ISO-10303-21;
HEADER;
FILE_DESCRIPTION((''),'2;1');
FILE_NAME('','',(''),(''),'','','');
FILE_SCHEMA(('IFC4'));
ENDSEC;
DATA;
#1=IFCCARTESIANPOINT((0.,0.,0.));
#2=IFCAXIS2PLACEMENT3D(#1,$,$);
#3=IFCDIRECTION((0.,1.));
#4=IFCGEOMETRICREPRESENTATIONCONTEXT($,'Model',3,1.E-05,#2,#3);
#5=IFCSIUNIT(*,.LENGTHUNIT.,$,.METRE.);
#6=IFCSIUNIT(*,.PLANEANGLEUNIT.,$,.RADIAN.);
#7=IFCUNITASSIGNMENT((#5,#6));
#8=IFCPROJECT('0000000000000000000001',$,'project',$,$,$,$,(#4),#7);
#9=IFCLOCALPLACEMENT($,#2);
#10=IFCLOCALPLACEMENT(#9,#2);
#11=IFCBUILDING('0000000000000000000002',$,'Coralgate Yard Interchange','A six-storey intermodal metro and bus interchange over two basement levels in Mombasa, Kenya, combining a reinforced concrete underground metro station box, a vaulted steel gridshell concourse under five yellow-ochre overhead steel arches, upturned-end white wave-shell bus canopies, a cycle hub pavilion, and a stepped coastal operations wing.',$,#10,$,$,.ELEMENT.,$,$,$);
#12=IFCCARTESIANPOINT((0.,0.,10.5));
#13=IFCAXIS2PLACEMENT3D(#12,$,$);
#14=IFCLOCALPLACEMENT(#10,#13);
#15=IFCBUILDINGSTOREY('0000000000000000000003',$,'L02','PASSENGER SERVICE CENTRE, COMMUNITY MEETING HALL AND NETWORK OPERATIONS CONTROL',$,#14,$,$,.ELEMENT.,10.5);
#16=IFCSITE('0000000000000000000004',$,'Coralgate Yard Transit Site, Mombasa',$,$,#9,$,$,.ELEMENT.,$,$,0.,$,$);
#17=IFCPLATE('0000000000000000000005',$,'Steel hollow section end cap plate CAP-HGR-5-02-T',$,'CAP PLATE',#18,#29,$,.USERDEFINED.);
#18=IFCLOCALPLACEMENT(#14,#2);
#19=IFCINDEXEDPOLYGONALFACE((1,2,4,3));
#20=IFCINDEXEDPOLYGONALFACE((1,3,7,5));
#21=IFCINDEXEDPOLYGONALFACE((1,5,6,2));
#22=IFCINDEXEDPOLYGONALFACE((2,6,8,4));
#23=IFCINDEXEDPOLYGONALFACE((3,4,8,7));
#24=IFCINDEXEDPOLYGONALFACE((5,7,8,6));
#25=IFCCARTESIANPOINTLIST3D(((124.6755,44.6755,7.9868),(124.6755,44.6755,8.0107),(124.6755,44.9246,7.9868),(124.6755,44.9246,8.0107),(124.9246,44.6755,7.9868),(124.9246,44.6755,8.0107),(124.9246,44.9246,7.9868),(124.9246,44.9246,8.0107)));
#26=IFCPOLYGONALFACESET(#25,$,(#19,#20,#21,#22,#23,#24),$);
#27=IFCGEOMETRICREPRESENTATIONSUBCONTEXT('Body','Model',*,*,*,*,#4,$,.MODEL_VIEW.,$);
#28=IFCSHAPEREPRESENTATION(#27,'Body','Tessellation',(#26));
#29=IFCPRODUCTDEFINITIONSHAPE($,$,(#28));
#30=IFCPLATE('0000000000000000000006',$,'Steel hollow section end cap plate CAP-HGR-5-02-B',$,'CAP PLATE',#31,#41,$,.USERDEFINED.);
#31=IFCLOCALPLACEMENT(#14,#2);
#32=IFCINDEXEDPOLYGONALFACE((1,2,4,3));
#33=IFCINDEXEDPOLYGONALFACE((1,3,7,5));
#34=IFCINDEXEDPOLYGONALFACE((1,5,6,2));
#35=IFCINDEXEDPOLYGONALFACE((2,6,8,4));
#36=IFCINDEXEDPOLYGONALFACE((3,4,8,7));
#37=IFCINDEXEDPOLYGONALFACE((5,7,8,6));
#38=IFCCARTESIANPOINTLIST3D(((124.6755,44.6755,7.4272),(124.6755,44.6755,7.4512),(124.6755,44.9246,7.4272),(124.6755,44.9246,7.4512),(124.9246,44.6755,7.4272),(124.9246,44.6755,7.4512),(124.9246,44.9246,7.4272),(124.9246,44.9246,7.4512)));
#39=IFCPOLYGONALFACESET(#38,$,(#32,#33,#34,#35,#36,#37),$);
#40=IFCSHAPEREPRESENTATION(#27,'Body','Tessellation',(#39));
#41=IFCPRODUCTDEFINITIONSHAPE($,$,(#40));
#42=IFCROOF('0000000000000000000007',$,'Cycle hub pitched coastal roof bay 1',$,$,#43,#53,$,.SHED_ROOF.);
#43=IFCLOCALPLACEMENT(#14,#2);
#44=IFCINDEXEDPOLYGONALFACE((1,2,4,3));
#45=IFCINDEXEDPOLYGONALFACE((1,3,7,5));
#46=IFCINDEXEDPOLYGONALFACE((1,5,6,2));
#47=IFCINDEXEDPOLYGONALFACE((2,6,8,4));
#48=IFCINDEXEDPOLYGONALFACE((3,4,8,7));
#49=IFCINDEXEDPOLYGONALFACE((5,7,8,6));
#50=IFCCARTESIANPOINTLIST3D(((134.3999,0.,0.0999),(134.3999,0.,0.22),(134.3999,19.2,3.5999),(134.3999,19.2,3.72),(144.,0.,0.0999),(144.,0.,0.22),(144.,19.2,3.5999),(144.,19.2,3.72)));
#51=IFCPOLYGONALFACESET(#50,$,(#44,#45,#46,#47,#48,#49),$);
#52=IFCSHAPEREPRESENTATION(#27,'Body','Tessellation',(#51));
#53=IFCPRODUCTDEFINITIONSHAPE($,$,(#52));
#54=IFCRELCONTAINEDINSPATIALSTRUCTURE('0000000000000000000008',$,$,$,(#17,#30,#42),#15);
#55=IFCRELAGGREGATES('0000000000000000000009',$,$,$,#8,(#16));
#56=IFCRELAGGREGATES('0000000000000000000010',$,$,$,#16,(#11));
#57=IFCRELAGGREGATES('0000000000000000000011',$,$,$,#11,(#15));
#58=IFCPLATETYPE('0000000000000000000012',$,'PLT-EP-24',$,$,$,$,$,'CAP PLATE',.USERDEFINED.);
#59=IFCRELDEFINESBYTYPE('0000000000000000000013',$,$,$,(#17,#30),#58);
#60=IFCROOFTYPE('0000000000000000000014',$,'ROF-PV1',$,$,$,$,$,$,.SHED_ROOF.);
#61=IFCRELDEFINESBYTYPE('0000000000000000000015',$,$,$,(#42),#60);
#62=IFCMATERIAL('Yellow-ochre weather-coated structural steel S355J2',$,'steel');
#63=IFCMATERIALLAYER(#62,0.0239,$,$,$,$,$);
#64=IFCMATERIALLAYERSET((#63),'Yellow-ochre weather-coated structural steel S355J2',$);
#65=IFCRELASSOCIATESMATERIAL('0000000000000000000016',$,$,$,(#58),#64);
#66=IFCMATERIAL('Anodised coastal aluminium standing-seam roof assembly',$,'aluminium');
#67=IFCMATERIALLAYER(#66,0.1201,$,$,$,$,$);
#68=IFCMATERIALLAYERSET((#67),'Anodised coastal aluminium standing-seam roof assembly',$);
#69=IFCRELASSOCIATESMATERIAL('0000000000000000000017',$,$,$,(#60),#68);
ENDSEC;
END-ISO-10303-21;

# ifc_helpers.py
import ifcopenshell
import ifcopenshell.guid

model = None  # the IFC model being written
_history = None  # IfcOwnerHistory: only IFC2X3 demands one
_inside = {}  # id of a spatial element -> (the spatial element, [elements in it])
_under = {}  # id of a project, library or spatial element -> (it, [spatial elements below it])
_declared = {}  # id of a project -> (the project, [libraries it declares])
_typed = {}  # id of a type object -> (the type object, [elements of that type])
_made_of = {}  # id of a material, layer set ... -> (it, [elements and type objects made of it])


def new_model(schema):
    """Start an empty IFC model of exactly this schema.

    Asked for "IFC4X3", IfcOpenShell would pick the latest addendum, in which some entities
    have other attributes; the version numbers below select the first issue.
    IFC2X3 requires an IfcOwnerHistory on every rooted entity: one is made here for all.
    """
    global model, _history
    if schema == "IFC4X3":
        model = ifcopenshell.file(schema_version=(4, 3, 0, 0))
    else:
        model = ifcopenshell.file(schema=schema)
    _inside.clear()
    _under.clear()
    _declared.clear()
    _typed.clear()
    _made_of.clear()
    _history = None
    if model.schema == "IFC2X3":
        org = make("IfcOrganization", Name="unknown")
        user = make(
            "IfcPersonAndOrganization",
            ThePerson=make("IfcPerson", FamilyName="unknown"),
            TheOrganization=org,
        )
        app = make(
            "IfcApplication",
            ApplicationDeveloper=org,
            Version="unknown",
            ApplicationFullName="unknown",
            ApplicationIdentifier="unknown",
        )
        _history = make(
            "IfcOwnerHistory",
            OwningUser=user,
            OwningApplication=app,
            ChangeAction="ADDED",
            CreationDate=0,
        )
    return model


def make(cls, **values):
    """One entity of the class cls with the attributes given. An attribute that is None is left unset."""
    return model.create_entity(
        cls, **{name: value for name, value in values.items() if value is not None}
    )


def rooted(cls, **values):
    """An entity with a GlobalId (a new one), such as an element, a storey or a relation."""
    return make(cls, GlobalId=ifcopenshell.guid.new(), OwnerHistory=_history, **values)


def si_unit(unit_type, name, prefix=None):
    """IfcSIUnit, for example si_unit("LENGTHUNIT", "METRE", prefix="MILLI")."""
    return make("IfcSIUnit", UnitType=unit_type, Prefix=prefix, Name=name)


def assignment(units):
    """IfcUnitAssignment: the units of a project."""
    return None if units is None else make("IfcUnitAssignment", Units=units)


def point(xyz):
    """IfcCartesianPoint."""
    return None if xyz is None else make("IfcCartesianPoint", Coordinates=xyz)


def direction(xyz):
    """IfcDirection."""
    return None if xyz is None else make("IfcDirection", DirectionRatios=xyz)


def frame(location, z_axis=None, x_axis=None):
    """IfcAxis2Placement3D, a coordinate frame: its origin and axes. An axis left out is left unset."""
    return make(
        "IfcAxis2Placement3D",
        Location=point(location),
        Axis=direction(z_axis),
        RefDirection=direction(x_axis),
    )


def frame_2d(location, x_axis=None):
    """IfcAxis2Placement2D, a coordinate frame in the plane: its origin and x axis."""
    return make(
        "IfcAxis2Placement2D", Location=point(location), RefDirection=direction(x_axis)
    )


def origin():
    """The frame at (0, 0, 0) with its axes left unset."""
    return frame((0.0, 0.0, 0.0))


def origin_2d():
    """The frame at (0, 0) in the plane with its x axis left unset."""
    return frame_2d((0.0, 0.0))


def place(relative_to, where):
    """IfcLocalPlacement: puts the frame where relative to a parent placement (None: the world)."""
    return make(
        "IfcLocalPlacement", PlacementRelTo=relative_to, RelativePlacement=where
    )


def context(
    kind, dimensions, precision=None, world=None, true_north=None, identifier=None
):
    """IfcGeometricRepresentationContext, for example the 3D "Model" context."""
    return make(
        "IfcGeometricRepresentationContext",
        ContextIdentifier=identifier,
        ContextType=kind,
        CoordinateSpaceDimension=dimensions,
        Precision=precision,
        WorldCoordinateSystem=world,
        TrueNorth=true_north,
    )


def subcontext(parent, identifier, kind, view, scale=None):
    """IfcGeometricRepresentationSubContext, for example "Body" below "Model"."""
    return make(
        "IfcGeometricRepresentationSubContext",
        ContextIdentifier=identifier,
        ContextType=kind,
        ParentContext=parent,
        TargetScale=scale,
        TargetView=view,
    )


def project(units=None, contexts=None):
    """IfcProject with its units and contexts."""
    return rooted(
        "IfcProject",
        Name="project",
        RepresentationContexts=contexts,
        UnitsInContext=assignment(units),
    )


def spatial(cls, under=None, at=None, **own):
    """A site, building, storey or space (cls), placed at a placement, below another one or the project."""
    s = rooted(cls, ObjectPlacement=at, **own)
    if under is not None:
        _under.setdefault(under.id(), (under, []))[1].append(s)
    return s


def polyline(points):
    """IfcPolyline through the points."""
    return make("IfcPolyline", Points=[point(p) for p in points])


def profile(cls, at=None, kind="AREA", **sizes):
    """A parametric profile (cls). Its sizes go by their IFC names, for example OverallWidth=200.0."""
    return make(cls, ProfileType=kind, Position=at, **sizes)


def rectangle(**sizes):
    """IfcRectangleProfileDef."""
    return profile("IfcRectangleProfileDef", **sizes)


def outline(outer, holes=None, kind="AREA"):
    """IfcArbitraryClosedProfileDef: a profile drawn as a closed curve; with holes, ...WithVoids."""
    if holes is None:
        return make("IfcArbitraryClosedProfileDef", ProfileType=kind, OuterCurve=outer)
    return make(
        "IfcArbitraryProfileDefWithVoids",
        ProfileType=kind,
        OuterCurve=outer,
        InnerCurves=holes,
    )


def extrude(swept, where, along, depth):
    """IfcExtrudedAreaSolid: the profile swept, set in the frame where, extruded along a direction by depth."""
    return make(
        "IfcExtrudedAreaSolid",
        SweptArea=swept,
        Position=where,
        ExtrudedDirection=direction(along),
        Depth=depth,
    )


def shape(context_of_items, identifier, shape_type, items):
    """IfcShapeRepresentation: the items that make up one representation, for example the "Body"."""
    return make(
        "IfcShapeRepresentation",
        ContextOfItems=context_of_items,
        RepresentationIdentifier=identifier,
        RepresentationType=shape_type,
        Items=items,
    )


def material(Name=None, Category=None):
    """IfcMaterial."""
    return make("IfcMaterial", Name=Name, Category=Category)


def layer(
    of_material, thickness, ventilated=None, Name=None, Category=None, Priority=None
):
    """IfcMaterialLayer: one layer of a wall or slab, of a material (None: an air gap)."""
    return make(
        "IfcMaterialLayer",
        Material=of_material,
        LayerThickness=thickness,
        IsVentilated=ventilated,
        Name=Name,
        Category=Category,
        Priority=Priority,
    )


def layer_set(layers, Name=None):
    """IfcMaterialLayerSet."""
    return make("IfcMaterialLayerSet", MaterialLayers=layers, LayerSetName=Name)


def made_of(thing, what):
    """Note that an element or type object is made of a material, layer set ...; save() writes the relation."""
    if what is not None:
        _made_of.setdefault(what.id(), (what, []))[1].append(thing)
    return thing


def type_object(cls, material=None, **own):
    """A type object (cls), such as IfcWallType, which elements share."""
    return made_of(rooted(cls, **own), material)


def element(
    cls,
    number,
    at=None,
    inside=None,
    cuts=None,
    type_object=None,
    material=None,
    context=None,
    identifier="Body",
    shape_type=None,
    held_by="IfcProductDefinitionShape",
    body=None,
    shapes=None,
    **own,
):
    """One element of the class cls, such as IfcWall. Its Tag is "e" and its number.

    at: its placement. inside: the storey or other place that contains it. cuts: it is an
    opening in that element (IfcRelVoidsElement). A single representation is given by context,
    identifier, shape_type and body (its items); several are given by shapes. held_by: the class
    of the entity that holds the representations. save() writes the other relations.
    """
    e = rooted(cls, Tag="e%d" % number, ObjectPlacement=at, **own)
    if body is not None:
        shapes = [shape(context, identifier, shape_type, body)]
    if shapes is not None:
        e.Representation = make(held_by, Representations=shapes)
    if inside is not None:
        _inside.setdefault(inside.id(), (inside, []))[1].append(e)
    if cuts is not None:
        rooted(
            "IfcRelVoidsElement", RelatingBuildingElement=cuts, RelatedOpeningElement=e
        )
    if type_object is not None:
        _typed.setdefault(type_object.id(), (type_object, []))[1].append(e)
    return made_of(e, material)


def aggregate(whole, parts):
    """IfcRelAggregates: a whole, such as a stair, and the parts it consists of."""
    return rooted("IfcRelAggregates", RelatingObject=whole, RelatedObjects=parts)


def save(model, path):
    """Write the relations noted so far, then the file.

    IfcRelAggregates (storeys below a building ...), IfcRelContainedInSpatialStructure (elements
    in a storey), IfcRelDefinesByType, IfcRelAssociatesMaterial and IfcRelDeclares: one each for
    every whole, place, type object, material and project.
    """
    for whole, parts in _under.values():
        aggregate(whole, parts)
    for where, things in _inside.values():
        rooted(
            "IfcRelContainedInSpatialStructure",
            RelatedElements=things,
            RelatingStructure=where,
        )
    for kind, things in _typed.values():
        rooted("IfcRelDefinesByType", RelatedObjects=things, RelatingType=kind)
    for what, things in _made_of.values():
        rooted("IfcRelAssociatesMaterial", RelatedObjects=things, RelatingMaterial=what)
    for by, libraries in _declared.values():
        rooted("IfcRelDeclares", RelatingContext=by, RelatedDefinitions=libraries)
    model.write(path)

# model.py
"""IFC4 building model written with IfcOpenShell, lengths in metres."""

from ifc_helpers import new_model, si_unit, direction, frame, origin, origin_2d, place, context, subcontext, project, spatial, polyline, rectangle, outline, extrude, material, layer, layer_set, type_object, element, save


model = new_model("IFC4")

# Units and contexts
model_context = context("Model", 3, precision=1e-05, world=origin(), true_north=direction((0.0, 1.0)))
body_context = subcontext(model_context, "Body", "Model", "MODEL_VIEW")
ifc_project = project(units=[si_unit("LENGTHUNIT", "METRE"), si_unit("PLANEANGLEUNIT", "RADIAN")], contexts=[model_context])

# Site, building, storey
site_placement = place(None, origin())
site = spatial("IfcSite", under=ifc_project, at=site_placement, Name="Coralgate Yard Transit Site, Mombasa", CompositionType="ELEMENT", RefElevation=0.0)
building_placement = place(site_placement, origin())
building = spatial("IfcBuilding", under=site, at=building_placement, Name="Coralgate Yard Interchange", Description="A six-storey intermodal metro and bus interchange over two basement levels in Mombasa, Kenya, combining a reinforced concrete underground metro station box, a vaulted steel gridshell concourse under five yellow-ochre overhead steel arches, upturned-end white wave-shell bus canopies, a cycle hub pavilion, and a stepped coastal operations wing.", CompositionType="ELEMENT")
storey_placement = place(building_placement, frame((0.0, 0.0, 10.5)))
storey = spatial("IfcBuildingStorey", under=building, at=storey_placement, Name="L02", Description="PASSENGER SERVICE CENTRE, COMMUNITY MEETING HALL AND NETWORK OPERATIONS CONTROL", CompositionType="ELEMENT", Elevation=10.5)

# Shared definitions
ifc_material_1 = material(Name="Yellow-ochre weather-coated structural steel S355J2", Category="steel")

# Plates
ifc_layer_1 = layer(ifc_material_1, 0.0239)
ifc_layer_set_1 = layer_set([ifc_layer_1], Name="Yellow-ochre weather-coated structural steel S355J2")
plate_type_1 = type_object("IfcPlateType", Name="PLT-EP-24", ElementType="CAP PLATE", PredefinedType="USERDEFINED", material=ifc_layer_set_1)
for number, where, z_axis, x_axis, name in (
    (1, (124.8, 44.8, 7.9868), (0.0, 0.0, 1.0), (1.0, 0.0, 0.0), "Steel hollow section end cap plate CAP-HGR-5-02-T"),
    (2, (124.8, 44.8, 7.4512), (0.0, 0.0, -1.0), (1.0, 0.0, 0.0), "Steel hollow section end cap plate CAP-HGR-5-02-B"),
):
    element("IfcPlate", number, at=place(storey_placement, frame(where, z_axis=z_axis, x_axis=x_axis)), inside=storey, type_object=plate_type_1, Name=name, ObjectType="CAP PLATE", PredefinedType="USERDEFINED", context=body_context, shape_type="SweptSolid", body=[
        extrude(rectangle(XDim=0.249, YDim=0.249, at=origin_2d()), origin(), (0.0, 0.0, 1.0), 0.0239),
    ])

# Roof
ifc_material_2 = material(Name="Anodised coastal aluminium standing-seam roof assembly", Category="aluminium")
ifc_layer_2 = layer(ifc_material_2, 0.1201)
ifc_layer_set_2 = layer_set([ifc_layer_2], Name="Anodised coastal aluminium standing-seam roof assembly")
roof_type = type_object("IfcRoofType", Name="ROF-PV1", PredefinedType="SHED_ROOF", material=ifc_layer_set_2)
roof_placement = place(storey_placement, frame((134.3999, 0.0, 0.22), z_axis=(1.0, 0.0, 0.0), x_axis=(0.0, 1.0, 0.0)))
element("IfcRoof", 3, at=roof_placement, inside=storey, type_object=roof_type, Name="Cycle hub pitched coastal roof bay 1", PredefinedType="SHED_ROOF", context=body_context, shape_type="SweptSolid", body=[
    extrude(outline(polyline([(0.0, 0.0), (19.2, 3.5), (19.2, 3.3799), (0.0, -0.1201), (0.0, 0.0)])), origin(), (0.0, 0.0, 1.0), 9.6001),
])

save(model, "model.ifc")
